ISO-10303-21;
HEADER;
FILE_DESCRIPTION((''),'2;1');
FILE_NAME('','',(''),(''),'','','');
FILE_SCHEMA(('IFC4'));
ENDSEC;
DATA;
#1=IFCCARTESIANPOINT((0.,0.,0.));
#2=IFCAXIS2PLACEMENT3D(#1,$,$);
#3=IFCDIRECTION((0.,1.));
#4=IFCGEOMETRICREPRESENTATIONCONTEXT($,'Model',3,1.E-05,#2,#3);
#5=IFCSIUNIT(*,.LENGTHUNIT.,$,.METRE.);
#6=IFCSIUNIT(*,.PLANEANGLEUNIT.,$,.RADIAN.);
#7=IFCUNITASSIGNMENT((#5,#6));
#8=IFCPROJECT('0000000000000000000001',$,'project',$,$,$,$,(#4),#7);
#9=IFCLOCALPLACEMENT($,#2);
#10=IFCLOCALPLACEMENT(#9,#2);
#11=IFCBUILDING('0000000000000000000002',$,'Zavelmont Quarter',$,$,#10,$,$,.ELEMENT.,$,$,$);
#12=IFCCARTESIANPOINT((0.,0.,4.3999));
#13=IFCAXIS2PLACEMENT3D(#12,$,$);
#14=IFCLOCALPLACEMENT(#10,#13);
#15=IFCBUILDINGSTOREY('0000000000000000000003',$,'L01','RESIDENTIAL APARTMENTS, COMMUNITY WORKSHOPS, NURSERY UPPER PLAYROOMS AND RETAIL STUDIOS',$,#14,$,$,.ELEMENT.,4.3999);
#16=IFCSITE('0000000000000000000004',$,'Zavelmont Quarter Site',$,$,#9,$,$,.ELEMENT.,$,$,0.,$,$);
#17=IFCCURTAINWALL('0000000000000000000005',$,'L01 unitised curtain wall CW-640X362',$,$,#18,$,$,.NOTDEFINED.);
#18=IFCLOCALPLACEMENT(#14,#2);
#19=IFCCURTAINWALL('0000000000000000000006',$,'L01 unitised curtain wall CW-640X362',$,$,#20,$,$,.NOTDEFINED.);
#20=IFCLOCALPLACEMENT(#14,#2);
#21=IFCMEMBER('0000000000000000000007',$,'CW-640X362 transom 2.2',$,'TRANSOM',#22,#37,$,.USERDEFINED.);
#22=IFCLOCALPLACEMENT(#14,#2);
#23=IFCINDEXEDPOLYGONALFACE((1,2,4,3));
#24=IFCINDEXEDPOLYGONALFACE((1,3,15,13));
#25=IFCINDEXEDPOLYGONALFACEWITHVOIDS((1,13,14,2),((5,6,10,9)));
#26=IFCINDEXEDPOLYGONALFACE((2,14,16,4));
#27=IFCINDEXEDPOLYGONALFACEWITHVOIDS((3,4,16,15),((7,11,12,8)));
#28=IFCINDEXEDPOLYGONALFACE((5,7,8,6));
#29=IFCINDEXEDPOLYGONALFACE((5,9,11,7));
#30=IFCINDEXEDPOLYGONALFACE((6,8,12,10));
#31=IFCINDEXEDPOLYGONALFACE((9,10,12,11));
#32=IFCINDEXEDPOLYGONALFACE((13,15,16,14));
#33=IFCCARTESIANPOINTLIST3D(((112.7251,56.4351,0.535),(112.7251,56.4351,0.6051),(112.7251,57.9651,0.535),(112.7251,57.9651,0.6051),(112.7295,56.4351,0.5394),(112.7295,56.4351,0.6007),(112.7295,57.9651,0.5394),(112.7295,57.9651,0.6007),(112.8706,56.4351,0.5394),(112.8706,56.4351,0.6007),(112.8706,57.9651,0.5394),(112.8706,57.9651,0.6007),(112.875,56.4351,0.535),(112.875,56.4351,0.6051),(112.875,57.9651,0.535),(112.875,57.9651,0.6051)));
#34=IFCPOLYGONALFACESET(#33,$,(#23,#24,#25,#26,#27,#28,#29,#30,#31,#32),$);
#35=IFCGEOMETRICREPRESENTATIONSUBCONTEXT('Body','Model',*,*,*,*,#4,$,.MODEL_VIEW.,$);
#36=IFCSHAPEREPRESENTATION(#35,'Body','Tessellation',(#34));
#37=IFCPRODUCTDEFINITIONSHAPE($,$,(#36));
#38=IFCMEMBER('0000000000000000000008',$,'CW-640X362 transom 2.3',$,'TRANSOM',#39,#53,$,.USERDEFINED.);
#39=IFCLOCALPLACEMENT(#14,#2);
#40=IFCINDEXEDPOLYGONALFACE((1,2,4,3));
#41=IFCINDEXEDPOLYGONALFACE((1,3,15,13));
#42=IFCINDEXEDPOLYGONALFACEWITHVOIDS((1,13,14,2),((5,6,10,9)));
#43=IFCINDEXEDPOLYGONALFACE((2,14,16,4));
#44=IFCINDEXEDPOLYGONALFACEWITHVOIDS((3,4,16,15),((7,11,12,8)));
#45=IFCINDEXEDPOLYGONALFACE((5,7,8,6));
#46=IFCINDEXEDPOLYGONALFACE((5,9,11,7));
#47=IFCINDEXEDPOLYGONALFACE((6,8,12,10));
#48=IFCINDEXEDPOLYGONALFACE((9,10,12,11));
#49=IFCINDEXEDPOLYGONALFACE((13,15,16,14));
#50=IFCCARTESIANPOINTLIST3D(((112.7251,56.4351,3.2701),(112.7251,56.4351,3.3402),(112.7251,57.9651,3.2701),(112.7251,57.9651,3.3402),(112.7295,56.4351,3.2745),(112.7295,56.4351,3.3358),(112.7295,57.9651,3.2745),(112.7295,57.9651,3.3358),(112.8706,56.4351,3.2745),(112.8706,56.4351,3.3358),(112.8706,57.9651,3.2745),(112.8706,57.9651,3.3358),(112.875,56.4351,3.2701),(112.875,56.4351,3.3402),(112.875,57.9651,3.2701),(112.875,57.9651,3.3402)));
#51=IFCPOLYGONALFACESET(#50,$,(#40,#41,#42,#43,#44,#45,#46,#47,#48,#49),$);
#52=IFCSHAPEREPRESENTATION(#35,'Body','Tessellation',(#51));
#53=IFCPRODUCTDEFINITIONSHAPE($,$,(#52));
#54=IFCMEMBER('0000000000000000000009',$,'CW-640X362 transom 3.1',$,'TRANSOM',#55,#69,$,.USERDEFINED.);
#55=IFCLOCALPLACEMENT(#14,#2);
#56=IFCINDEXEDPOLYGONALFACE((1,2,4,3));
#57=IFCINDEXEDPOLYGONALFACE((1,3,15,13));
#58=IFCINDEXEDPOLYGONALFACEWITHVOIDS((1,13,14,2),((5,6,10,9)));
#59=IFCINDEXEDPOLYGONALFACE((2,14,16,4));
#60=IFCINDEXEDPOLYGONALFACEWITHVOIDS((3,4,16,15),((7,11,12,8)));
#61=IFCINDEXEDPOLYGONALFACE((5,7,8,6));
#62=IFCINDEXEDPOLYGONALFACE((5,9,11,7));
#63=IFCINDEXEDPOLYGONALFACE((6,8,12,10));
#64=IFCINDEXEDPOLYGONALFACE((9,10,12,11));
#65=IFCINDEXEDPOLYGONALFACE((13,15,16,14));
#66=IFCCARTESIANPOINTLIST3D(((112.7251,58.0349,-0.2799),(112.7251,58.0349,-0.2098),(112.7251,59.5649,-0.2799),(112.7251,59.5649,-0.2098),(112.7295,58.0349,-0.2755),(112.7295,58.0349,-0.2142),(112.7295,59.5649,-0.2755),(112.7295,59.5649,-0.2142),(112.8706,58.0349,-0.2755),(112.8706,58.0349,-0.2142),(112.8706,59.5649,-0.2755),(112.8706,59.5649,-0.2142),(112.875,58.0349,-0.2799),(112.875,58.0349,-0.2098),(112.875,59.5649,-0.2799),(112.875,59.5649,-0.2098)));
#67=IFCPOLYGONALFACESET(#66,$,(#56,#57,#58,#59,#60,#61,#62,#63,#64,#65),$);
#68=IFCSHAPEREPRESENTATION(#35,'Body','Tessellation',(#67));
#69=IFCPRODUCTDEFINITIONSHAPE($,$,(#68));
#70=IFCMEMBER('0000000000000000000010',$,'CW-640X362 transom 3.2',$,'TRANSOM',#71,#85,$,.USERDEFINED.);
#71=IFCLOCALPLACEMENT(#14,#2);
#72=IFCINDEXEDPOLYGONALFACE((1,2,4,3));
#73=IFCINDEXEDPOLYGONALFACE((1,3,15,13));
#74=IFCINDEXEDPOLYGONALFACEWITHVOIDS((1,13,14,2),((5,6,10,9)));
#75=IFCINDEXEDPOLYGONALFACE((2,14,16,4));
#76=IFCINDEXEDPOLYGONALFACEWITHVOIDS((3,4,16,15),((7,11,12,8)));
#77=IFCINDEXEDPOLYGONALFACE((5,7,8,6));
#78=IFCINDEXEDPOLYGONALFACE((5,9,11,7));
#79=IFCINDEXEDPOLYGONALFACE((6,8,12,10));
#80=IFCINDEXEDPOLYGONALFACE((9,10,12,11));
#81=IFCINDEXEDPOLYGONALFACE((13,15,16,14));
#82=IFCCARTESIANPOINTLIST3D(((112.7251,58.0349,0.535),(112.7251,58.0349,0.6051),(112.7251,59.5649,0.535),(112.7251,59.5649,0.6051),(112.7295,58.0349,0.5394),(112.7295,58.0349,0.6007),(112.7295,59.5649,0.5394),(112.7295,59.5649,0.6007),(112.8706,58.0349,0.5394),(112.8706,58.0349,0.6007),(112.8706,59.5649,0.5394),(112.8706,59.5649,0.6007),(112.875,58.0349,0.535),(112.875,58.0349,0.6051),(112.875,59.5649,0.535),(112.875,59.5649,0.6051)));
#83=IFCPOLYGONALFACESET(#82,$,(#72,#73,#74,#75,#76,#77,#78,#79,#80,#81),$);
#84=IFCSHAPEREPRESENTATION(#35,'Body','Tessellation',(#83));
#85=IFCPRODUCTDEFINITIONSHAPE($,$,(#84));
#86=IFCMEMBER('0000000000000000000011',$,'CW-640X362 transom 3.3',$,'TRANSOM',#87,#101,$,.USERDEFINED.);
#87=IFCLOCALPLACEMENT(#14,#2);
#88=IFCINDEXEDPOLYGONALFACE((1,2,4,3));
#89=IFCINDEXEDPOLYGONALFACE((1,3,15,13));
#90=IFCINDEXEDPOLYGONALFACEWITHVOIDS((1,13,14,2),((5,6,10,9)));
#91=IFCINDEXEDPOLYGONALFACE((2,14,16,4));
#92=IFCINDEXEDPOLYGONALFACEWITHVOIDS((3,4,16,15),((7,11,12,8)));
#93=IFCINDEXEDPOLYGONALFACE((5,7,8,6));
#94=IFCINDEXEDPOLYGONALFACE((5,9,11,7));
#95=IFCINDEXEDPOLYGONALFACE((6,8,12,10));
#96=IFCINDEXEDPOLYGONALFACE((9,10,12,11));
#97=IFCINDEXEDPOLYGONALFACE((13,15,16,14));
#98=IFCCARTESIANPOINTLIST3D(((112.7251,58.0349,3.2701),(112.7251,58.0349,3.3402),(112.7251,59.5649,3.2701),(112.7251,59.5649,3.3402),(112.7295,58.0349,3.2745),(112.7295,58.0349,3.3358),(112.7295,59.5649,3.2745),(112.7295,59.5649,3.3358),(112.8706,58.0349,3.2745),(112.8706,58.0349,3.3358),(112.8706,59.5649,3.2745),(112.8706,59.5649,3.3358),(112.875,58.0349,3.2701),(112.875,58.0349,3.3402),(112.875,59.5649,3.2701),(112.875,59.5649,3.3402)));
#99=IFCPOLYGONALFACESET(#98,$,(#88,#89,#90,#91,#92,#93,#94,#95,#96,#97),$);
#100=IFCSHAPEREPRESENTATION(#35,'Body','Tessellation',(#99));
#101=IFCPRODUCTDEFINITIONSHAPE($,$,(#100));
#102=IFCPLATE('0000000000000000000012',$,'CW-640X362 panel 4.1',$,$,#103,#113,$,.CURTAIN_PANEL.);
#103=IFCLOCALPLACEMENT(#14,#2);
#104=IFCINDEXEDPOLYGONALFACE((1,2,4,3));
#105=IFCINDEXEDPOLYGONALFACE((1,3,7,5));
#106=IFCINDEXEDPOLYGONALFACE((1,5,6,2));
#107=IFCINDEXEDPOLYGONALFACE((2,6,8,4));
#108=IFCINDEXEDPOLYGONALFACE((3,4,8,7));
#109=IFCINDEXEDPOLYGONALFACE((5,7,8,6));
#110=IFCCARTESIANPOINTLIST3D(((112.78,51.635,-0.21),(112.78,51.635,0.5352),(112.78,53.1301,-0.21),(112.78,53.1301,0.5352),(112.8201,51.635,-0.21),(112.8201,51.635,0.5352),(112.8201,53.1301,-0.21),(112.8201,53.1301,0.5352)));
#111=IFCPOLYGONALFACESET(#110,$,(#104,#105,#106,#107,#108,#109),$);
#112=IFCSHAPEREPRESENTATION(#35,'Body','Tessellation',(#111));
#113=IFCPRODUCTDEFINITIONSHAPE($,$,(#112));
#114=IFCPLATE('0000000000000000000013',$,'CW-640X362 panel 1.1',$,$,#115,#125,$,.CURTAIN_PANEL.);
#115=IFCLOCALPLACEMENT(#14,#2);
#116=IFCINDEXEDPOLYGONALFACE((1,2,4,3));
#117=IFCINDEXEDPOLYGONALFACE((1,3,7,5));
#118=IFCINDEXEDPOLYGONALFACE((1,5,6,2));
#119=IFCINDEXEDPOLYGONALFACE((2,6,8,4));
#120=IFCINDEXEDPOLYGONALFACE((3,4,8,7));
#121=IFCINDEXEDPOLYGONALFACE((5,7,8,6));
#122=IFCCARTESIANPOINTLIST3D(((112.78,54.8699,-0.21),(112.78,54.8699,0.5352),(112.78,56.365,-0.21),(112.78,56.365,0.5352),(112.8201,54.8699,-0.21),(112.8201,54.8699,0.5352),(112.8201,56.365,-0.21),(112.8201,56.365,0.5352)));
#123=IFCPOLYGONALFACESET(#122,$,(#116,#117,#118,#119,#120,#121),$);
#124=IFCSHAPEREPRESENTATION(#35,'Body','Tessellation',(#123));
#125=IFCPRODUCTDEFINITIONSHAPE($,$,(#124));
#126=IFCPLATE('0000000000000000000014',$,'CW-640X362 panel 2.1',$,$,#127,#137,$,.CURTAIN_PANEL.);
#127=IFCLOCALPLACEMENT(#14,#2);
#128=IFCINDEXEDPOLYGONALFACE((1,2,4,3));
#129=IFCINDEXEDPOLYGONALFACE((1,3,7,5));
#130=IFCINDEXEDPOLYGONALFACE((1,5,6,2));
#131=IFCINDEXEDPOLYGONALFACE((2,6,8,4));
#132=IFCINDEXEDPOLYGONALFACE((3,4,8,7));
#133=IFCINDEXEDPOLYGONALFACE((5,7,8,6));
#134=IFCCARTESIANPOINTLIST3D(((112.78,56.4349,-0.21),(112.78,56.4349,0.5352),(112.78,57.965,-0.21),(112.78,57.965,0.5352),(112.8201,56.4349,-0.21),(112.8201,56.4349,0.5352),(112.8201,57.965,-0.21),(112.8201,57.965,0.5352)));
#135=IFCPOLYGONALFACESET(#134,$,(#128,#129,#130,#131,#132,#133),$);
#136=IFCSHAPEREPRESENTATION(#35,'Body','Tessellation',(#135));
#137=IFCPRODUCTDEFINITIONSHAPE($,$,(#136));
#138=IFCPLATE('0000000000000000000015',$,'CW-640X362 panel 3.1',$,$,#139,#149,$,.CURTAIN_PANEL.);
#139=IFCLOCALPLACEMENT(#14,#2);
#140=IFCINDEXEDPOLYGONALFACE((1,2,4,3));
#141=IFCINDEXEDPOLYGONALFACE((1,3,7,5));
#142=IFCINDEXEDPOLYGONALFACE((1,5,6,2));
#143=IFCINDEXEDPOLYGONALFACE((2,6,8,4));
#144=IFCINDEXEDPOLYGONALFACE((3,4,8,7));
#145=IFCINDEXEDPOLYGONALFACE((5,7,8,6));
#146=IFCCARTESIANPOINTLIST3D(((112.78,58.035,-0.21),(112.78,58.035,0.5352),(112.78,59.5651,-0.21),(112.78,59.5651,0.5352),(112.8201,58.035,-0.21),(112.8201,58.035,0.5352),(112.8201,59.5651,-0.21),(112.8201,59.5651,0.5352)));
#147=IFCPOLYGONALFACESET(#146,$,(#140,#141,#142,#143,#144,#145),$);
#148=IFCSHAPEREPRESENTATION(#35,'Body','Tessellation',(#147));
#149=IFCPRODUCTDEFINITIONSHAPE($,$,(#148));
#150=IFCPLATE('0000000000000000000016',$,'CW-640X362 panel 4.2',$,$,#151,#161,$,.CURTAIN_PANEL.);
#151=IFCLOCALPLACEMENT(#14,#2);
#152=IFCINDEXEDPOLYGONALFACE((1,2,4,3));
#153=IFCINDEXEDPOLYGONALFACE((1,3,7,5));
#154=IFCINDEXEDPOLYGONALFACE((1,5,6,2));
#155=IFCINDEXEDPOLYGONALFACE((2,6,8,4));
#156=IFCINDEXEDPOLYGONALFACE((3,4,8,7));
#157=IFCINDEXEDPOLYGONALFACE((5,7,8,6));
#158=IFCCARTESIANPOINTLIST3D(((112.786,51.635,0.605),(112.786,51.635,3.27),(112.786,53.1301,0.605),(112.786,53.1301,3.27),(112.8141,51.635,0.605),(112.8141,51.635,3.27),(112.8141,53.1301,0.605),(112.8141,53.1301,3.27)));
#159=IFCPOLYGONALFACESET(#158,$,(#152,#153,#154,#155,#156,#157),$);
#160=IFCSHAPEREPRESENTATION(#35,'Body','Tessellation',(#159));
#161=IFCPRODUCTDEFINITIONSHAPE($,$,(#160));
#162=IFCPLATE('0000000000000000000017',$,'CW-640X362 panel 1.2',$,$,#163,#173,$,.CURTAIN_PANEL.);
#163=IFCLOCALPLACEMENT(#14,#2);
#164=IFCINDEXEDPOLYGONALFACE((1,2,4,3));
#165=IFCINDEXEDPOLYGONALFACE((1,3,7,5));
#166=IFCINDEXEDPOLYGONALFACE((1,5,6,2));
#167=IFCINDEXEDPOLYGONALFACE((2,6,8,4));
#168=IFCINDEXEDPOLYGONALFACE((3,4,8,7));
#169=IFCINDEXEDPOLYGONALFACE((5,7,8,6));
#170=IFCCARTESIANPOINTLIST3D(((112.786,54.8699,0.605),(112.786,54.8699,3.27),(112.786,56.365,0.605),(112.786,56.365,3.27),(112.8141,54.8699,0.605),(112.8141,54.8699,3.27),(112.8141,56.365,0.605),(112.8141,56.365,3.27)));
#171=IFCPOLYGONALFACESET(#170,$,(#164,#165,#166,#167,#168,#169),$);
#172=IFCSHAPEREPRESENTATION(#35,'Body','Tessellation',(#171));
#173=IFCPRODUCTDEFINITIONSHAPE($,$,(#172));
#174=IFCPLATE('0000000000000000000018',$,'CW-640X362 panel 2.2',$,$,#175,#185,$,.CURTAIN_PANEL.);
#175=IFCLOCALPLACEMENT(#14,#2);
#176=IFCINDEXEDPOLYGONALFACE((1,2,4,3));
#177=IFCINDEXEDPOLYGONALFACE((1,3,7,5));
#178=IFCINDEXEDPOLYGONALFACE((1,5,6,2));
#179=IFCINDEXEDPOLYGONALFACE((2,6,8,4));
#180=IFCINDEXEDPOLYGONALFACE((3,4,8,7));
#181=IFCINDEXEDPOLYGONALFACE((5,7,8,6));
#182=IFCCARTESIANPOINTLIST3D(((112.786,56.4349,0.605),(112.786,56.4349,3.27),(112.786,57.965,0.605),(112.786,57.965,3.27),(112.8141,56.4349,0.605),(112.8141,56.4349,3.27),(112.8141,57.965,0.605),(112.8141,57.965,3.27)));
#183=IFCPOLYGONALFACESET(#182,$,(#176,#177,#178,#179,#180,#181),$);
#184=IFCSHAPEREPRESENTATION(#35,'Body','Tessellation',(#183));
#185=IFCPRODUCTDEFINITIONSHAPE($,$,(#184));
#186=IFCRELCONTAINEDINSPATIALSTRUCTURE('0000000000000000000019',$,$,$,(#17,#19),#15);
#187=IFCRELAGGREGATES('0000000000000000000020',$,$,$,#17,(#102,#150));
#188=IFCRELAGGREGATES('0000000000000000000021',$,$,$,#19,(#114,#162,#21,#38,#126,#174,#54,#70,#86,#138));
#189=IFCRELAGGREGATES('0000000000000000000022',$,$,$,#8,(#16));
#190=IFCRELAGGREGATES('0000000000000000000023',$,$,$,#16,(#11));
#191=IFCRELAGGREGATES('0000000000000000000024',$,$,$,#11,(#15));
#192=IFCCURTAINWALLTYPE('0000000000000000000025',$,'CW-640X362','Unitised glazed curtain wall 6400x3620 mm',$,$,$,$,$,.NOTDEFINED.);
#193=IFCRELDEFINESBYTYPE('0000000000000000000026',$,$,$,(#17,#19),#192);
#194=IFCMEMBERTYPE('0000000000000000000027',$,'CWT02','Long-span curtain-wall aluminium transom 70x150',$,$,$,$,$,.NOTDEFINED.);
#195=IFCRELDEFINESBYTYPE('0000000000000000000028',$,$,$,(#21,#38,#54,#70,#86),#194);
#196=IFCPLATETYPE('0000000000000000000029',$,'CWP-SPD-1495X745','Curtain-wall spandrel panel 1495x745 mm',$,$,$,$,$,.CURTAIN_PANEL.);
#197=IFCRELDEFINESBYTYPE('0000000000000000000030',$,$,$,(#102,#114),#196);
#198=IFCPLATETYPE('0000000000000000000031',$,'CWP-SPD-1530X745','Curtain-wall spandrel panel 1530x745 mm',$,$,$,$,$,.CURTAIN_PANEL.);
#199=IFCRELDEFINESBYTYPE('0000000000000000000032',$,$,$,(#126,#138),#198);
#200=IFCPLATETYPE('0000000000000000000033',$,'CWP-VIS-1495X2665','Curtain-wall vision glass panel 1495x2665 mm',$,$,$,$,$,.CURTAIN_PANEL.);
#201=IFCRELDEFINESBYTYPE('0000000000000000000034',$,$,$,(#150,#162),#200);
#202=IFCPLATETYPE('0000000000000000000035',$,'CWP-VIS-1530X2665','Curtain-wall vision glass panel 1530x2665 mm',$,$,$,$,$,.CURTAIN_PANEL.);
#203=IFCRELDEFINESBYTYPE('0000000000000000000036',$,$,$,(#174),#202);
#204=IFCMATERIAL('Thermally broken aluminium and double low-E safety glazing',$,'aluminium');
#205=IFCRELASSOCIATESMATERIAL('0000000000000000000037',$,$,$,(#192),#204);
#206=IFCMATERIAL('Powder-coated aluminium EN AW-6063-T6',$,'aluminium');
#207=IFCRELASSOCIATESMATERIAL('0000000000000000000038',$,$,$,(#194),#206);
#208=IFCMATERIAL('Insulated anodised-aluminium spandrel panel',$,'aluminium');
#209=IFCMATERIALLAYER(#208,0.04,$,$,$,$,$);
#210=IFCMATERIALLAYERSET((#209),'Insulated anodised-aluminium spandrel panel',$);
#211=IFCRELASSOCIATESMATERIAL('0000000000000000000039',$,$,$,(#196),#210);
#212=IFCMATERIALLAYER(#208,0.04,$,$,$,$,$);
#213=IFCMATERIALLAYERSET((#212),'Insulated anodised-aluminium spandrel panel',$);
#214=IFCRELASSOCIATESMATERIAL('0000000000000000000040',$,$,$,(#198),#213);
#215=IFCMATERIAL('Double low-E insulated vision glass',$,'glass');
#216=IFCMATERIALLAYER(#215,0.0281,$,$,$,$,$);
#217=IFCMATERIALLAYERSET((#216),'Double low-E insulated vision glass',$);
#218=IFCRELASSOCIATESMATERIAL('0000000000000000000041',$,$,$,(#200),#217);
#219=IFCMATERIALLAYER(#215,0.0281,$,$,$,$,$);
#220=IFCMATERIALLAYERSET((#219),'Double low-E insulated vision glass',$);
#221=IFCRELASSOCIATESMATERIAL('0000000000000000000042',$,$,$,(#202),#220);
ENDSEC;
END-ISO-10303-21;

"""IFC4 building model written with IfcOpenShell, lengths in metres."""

from ifc_helpers import new_model, si_unit, direction, frame, origin, origin_2d, place, context, subcontext, project, spatial, rectangle, hollow_rectangle, extrude, material, layer, layer_set, material_profile, profile_set, type_object, element, aggregate, save


model = new_model("IFC4")

# Units and contexts
model_context = context("Model", 3, precision=1e-05, world=origin(), true_north=direction((0.0, 1.0)))
body_context = subcontext(model_context, "Body", "Model", "MODEL_VIEW")
ifc_project = project(units=[si_unit("LENGTHUNIT", "METRE"), si_unit("PLANEANGLEUNIT", "RADIAN")], contexts=[model_context])

# Site, building, storey
site_placement = place(None, origin())
site = spatial("IfcSite", under=ifc_project, at=site_placement, Name="Zavelmont Quarter Site", CompositionType="ELEMENT", RefElevation=0.0)
building_placement = place(site_placement, origin())
building = spatial("IfcBuilding", under=site, at=building_placement, Name="Zavelmont Quarter", CompositionType="ELEMENT")
storey_placement = place(building_placement, frame((0.0, 0.0, 4.3999)))
storey = spatial("IfcBuildingStorey", under=building, at=storey_placement, Name="L01", Description="RESIDENTIAL APARTMENTS, COMMUNITY WORKSHOPS, NURSERY UPPER PLAYROOMS AND RETAIL STUDIOS", CompositionType="ELEMENT", Elevation=4.3999)

# Curtain wall
ifc_material_1 = material(Name="Thermally broken aluminium and double low-E safety glazing", Category="aluminium")
curtain_wall_type = type_object("IfcCurtainWallType", Name="CW-640X362", Description="Unitised glazed curtain wall 6400x3620 mm", PredefinedType="NOTDEFINED", material=ifc_material_1)
curtain_wall_1_placement = place(storey_placement, origin())
curtain_wall_1 = element("IfcCurtainWall", 1, at=curtain_wall_1_placement, inside=storey, type_object=curtain_wall_type, Name="L01 unitised curtain wall CW-640X362", PredefinedType="NOTDEFINED")
ifc_material_2 = material(Name="Powder-coated aluminium EN AW-6063-T6", Category="aluminium")

# Curtain wall
curtain_wall_2_placement = place(storey_placement, origin())
curtain_wall_2 = element("IfcCurtainWall", 2, at=curtain_wall_2_placement, inside=storey, type_object=curtain_wall_type, Name="L01 unitised curtain wall CW-640X362", PredefinedType="NOTDEFINED")

# Members
ifc_material_profile_1 = material_profile(ifc_material_2, hollow_rectangle(XDim=0.1499, YDim=0.0701, WallThickness=0.0044, at=origin_2d()), Name="CWT70X150")
ifc_profile_set_1 = profile_set([ifc_material_profile_1], Name="Powder-coated aluminium EN AW-6063-T6")
member_type_1 = type_object("IfcMemberType", Name="CWT02", Description="Long-span curtain-wall aluminium transom 70x150", PredefinedType="NOTDEFINED", material=ifc_profile_set_1)
member_1_placement = place(storey_placement, frame((112.8, 56.4351, 0.5701), z_axis=(0.0, 1.0, 0.0), x_axis=(-1.0, 0.0, 0.0)))
member_1 = element("IfcMember", 3, at=member_1_placement, type_object=member_type_1, Name="CW-640X362 transom 2.2", ObjectType="TRANSOM", PredefinedType="USERDEFINED", context=body_context, shape_type="SweptSolid", body=[
    extrude(hollow_rectangle(XDim=0.1499, YDim=0.0701, WallThickness=0.0044, at=origin_2d()), origin(), (0.0, 0.0, 1.0), 1.53),
])
member_2_placement = place(storey_placement, frame((112.8, 56.4351, 3.3052), z_axis=(0.0, 1.0, 0.0), x_axis=(-1.0, 0.0, 0.0)))
member_2 = element("IfcMember", 4, at=member_2_placement, type_object=member_type_1, Name="CW-640X362 transom 2.3", ObjectType="TRANSOM", PredefinedType="USERDEFINED", context=body_context, shape_type="SweptSolid", body=[
    extrude(hollow_rectangle(XDim=0.1499, YDim=0.0701, WallThickness=0.0044, at=origin_2d()), origin(), (0.0, 0.0, 1.0), 1.53),
])
member_3_placement = place(storey_placement, frame((112.8, 58.0349, -0.2449), z_axis=(0.0, 1.0, 0.0), x_axis=(-1.0, 0.0, 0.0)))
member_3 = element("IfcMember", 5, at=member_3_placement, type_object=member_type_1, Name="CW-640X362 transom 3.1", ObjectType="TRANSOM", PredefinedType="USERDEFINED", context=body_context, shape_type="SweptSolid", body=[
    extrude(hollow_rectangle(XDim=0.1499, YDim=0.0701, WallThickness=0.0044, at=origin_2d()), origin(), (0.0, 0.0, 1.0), 1.53),
])
member_4_placement = place(storey_placement, frame((112.8, 58.0349, 0.5701), z_axis=(0.0, 1.0, 0.0), x_axis=(-1.0, 0.0, 0.0)))
member_4 = element("IfcMember", 6, at=member_4_placement, type_object=member_type_1, Name="CW-640X362 transom 3.2", ObjectType="TRANSOM", PredefinedType="USERDEFINED", context=body_context, shape_type="SweptSolid", body=[
    extrude(hollow_rectangle(XDim=0.1499, YDim=0.0701, WallThickness=0.0044, at=origin_2d()), origin(), (0.0, 0.0, 1.0), 1.53),
])
member_5_placement = place(storey_placement, frame((112.8, 58.0349, 3.3052), z_axis=(0.0, 1.0, 0.0), x_axis=(-1.0, 0.0, 0.0)))
member_5 = element("IfcMember", 7, at=member_5_placement, type_object=member_type_1, Name="CW-640X362 transom 3.3", ObjectType="TRANSOM", PredefinedType="USERDEFINED", context=body_context, shape_type="SweptSolid", body=[
    extrude(hollow_rectangle(XDim=0.1499, YDim=0.0701, WallThickness=0.0044, at=origin_2d()), origin(), (0.0, 0.0, 1.0), 1.53),
])

# Plates
ifc_material_3 = material(Name="Insulated anodised-aluminium spandrel panel", Category="aluminium")
ifc_layer_1 = layer(ifc_material_3, 0.04)
ifc_layer_set_1 = layer_set([ifc_layer_1], Name="Insulated anodised-aluminium spandrel panel")
plate_type_1 = type_object("IfcPlateType", Name="CWP-SPD-1495X745", Description="Curtain-wall spandrel panel 1495x745 mm", PredefinedType="CURTAIN_PANEL", material=ifc_layer_set_1)
plate_1_placement = place(storey_placement, frame((112.8, 52.3826, -0.21), z_axis=(0.0, 0.0, 1.0), x_axis=(0.0, 1.0, 0.0)))
plate_1 = element("IfcPlate", 8, at=plate_1_placement, type_object=plate_type_1, Name="CW-640X362 panel 4.1", PredefinedType="CURTAIN_PANEL", context=body_context, shape_type="SweptSolid", body=[
    extrude(rectangle(XDim=1.4951, YDim=0.04, at=origin_2d()), origin(), (0.0, 0.0, 1.0), 0.7451),
])
plate_2_placement = place(storey_placement, frame((112.8, 55.6174, -0.21), z_axis=(0.0, 0.0, 1.0), x_axis=(0.0, 1.0, 0.0)))
plate_2 = element("IfcPlate", 9, at=plate_2_placement, type_object=plate_type_1, Name="CW-640X362 panel 1.1", PredefinedType="CURTAIN_PANEL", context=body_context, shape_type="SweptSolid", body=[
    extrude(rectangle(XDim=1.4951, YDim=0.04, at=origin_2d()), origin(), (0.0, 0.0, 1.0), 0.7451),
])
ifc_layer_2 = layer(ifc_material_3, 0.04)
ifc_layer_set_2 = layer_set([ifc_layer_2], Name="Insulated anodised-aluminium spandrel panel")
plate_type_2 = type_object("IfcPlateType", Name="CWP-SPD-1530X745", Description="Curtain-wall spandrel panel 1530x745 mm", PredefinedType="CURTAIN_PANEL", material=ifc_layer_set_2)
plate_3_placement = place(storey_placement, frame((112.8, 57.2, -0.21), z_axis=(0.0, 0.0, 1.0), x_axis=(0.0, 1.0, 0.0)))
plate_3 = element("IfcPlate", 10, at=plate_3_placement, type_object=plate_type_2, Name="CW-640X362 panel 2.1", PredefinedType="CURTAIN_PANEL", context=body_context, shape_type="SweptSolid", body=[
    extrude(rectangle(XDim=1.53, YDim=0.04, at=origin_2d()), origin(), (0.0, 0.0, 1.0), 0.7451),
])
plate_4_placement = place(storey_placement, frame((112.8, 58.8, -0.21), z_axis=(0.0, 0.0, 1.0), x_axis=(0.0, 1.0, 0.0)))
plate_4 = element("IfcPlate", 11, at=plate_4_placement, type_object=plate_type_2, Name="CW-640X362 panel 3.1", PredefinedType="CURTAIN_PANEL", context=body_context, shape_type="SweptSolid", body=[
    extrude(rectangle(XDim=1.53, YDim=0.04, at=origin_2d()), origin(), (0.0, 0.0, 1.0), 0.7451),
])
ifc_material_4 = material(Name="Double low-E insulated vision glass", Category="glass")
ifc_layer_3 = layer(ifc_material_4, 0.0281)
ifc_layer_set_3 = layer_set([ifc_layer_3], Name="Double low-E insulated vision glass")
plate_type_3 = type_object("IfcPlateType", Name="CWP-VIS-1495X2665", Description="Curtain-wall vision glass panel 1495x2665 mm", PredefinedType="CURTAIN_PANEL", material=ifc_layer_set_3)
plate_5_placement = place(storey_placement, frame((112.8, 52.3826, 0.605), z_axis=(0.0, 0.0, 1.0), x_axis=(0.0, 1.0, 0.0)))
plate_5 = element("IfcPlate", 12, at=plate_5_placement, type_object=plate_type_3, Name="CW-640X362 panel 4.2", PredefinedType="CURTAIN_PANEL", context=body_context, shape_type="SweptSolid", body=[
    extrude(rectangle(XDim=1.4951, YDim=0.0281, at=origin_2d()), origin(), (0.0, 0.0, 1.0), 2.665),
])
aggregate(curtain_wall_1, [plate_1, plate_5])
plate_6_placement = place(storey_placement, frame((112.8, 55.6174, 0.605), z_axis=(0.0, 0.0, 1.0), x_axis=(0.0, 1.0, 0.0)))
plate_6 = element("IfcPlate", 13, at=plate_6_placement, type_object=plate_type_3, Name="CW-640X362 panel 1.2", PredefinedType="CURTAIN_PANEL", context=body_context, shape_type="SweptSolid", body=[
    extrude(rectangle(XDim=1.4951, YDim=0.0281, at=origin_2d()), origin(), (0.0, 0.0, 1.0), 2.665),
])
ifc_layer_4 = layer(ifc_material_4, 0.0281)
ifc_layer_set_4 = layer_set([ifc_layer_4], Name="Double low-E insulated vision glass")
plate_type_4 = type_object("IfcPlateType", Name="CWP-VIS-1530X2665", Description="Curtain-wall vision glass panel 1530x2665 mm", PredefinedType="CURTAIN_PANEL", material=ifc_layer_set_4)
plate_7_placement = place(storey_placement, frame((112.8, 57.2, 0.605), z_axis=(0.0, 0.0, 1.0), x_axis=(0.0, 1.0, 0.0)))
plate_7 = element("IfcPlate", 14, at=plate_7_placement, type_object=plate_type_4, Name="CW-640X362 panel 2.2", PredefinedType="CURTAIN_PANEL", context=body_context, shape_type="SweptSolid", body=[
    extrude(rectangle(XDim=1.53, YDim=0.0281, at=origin_2d()), origin(), (0.0, 0.0, 1.0), 2.665),
])
aggregate(curtain_wall_2, [plate_2, plate_6, member_1, member_2, plate_3, plate_7, member_3, member_4, member_5, plate_4])

save(model, "model.ifc")
